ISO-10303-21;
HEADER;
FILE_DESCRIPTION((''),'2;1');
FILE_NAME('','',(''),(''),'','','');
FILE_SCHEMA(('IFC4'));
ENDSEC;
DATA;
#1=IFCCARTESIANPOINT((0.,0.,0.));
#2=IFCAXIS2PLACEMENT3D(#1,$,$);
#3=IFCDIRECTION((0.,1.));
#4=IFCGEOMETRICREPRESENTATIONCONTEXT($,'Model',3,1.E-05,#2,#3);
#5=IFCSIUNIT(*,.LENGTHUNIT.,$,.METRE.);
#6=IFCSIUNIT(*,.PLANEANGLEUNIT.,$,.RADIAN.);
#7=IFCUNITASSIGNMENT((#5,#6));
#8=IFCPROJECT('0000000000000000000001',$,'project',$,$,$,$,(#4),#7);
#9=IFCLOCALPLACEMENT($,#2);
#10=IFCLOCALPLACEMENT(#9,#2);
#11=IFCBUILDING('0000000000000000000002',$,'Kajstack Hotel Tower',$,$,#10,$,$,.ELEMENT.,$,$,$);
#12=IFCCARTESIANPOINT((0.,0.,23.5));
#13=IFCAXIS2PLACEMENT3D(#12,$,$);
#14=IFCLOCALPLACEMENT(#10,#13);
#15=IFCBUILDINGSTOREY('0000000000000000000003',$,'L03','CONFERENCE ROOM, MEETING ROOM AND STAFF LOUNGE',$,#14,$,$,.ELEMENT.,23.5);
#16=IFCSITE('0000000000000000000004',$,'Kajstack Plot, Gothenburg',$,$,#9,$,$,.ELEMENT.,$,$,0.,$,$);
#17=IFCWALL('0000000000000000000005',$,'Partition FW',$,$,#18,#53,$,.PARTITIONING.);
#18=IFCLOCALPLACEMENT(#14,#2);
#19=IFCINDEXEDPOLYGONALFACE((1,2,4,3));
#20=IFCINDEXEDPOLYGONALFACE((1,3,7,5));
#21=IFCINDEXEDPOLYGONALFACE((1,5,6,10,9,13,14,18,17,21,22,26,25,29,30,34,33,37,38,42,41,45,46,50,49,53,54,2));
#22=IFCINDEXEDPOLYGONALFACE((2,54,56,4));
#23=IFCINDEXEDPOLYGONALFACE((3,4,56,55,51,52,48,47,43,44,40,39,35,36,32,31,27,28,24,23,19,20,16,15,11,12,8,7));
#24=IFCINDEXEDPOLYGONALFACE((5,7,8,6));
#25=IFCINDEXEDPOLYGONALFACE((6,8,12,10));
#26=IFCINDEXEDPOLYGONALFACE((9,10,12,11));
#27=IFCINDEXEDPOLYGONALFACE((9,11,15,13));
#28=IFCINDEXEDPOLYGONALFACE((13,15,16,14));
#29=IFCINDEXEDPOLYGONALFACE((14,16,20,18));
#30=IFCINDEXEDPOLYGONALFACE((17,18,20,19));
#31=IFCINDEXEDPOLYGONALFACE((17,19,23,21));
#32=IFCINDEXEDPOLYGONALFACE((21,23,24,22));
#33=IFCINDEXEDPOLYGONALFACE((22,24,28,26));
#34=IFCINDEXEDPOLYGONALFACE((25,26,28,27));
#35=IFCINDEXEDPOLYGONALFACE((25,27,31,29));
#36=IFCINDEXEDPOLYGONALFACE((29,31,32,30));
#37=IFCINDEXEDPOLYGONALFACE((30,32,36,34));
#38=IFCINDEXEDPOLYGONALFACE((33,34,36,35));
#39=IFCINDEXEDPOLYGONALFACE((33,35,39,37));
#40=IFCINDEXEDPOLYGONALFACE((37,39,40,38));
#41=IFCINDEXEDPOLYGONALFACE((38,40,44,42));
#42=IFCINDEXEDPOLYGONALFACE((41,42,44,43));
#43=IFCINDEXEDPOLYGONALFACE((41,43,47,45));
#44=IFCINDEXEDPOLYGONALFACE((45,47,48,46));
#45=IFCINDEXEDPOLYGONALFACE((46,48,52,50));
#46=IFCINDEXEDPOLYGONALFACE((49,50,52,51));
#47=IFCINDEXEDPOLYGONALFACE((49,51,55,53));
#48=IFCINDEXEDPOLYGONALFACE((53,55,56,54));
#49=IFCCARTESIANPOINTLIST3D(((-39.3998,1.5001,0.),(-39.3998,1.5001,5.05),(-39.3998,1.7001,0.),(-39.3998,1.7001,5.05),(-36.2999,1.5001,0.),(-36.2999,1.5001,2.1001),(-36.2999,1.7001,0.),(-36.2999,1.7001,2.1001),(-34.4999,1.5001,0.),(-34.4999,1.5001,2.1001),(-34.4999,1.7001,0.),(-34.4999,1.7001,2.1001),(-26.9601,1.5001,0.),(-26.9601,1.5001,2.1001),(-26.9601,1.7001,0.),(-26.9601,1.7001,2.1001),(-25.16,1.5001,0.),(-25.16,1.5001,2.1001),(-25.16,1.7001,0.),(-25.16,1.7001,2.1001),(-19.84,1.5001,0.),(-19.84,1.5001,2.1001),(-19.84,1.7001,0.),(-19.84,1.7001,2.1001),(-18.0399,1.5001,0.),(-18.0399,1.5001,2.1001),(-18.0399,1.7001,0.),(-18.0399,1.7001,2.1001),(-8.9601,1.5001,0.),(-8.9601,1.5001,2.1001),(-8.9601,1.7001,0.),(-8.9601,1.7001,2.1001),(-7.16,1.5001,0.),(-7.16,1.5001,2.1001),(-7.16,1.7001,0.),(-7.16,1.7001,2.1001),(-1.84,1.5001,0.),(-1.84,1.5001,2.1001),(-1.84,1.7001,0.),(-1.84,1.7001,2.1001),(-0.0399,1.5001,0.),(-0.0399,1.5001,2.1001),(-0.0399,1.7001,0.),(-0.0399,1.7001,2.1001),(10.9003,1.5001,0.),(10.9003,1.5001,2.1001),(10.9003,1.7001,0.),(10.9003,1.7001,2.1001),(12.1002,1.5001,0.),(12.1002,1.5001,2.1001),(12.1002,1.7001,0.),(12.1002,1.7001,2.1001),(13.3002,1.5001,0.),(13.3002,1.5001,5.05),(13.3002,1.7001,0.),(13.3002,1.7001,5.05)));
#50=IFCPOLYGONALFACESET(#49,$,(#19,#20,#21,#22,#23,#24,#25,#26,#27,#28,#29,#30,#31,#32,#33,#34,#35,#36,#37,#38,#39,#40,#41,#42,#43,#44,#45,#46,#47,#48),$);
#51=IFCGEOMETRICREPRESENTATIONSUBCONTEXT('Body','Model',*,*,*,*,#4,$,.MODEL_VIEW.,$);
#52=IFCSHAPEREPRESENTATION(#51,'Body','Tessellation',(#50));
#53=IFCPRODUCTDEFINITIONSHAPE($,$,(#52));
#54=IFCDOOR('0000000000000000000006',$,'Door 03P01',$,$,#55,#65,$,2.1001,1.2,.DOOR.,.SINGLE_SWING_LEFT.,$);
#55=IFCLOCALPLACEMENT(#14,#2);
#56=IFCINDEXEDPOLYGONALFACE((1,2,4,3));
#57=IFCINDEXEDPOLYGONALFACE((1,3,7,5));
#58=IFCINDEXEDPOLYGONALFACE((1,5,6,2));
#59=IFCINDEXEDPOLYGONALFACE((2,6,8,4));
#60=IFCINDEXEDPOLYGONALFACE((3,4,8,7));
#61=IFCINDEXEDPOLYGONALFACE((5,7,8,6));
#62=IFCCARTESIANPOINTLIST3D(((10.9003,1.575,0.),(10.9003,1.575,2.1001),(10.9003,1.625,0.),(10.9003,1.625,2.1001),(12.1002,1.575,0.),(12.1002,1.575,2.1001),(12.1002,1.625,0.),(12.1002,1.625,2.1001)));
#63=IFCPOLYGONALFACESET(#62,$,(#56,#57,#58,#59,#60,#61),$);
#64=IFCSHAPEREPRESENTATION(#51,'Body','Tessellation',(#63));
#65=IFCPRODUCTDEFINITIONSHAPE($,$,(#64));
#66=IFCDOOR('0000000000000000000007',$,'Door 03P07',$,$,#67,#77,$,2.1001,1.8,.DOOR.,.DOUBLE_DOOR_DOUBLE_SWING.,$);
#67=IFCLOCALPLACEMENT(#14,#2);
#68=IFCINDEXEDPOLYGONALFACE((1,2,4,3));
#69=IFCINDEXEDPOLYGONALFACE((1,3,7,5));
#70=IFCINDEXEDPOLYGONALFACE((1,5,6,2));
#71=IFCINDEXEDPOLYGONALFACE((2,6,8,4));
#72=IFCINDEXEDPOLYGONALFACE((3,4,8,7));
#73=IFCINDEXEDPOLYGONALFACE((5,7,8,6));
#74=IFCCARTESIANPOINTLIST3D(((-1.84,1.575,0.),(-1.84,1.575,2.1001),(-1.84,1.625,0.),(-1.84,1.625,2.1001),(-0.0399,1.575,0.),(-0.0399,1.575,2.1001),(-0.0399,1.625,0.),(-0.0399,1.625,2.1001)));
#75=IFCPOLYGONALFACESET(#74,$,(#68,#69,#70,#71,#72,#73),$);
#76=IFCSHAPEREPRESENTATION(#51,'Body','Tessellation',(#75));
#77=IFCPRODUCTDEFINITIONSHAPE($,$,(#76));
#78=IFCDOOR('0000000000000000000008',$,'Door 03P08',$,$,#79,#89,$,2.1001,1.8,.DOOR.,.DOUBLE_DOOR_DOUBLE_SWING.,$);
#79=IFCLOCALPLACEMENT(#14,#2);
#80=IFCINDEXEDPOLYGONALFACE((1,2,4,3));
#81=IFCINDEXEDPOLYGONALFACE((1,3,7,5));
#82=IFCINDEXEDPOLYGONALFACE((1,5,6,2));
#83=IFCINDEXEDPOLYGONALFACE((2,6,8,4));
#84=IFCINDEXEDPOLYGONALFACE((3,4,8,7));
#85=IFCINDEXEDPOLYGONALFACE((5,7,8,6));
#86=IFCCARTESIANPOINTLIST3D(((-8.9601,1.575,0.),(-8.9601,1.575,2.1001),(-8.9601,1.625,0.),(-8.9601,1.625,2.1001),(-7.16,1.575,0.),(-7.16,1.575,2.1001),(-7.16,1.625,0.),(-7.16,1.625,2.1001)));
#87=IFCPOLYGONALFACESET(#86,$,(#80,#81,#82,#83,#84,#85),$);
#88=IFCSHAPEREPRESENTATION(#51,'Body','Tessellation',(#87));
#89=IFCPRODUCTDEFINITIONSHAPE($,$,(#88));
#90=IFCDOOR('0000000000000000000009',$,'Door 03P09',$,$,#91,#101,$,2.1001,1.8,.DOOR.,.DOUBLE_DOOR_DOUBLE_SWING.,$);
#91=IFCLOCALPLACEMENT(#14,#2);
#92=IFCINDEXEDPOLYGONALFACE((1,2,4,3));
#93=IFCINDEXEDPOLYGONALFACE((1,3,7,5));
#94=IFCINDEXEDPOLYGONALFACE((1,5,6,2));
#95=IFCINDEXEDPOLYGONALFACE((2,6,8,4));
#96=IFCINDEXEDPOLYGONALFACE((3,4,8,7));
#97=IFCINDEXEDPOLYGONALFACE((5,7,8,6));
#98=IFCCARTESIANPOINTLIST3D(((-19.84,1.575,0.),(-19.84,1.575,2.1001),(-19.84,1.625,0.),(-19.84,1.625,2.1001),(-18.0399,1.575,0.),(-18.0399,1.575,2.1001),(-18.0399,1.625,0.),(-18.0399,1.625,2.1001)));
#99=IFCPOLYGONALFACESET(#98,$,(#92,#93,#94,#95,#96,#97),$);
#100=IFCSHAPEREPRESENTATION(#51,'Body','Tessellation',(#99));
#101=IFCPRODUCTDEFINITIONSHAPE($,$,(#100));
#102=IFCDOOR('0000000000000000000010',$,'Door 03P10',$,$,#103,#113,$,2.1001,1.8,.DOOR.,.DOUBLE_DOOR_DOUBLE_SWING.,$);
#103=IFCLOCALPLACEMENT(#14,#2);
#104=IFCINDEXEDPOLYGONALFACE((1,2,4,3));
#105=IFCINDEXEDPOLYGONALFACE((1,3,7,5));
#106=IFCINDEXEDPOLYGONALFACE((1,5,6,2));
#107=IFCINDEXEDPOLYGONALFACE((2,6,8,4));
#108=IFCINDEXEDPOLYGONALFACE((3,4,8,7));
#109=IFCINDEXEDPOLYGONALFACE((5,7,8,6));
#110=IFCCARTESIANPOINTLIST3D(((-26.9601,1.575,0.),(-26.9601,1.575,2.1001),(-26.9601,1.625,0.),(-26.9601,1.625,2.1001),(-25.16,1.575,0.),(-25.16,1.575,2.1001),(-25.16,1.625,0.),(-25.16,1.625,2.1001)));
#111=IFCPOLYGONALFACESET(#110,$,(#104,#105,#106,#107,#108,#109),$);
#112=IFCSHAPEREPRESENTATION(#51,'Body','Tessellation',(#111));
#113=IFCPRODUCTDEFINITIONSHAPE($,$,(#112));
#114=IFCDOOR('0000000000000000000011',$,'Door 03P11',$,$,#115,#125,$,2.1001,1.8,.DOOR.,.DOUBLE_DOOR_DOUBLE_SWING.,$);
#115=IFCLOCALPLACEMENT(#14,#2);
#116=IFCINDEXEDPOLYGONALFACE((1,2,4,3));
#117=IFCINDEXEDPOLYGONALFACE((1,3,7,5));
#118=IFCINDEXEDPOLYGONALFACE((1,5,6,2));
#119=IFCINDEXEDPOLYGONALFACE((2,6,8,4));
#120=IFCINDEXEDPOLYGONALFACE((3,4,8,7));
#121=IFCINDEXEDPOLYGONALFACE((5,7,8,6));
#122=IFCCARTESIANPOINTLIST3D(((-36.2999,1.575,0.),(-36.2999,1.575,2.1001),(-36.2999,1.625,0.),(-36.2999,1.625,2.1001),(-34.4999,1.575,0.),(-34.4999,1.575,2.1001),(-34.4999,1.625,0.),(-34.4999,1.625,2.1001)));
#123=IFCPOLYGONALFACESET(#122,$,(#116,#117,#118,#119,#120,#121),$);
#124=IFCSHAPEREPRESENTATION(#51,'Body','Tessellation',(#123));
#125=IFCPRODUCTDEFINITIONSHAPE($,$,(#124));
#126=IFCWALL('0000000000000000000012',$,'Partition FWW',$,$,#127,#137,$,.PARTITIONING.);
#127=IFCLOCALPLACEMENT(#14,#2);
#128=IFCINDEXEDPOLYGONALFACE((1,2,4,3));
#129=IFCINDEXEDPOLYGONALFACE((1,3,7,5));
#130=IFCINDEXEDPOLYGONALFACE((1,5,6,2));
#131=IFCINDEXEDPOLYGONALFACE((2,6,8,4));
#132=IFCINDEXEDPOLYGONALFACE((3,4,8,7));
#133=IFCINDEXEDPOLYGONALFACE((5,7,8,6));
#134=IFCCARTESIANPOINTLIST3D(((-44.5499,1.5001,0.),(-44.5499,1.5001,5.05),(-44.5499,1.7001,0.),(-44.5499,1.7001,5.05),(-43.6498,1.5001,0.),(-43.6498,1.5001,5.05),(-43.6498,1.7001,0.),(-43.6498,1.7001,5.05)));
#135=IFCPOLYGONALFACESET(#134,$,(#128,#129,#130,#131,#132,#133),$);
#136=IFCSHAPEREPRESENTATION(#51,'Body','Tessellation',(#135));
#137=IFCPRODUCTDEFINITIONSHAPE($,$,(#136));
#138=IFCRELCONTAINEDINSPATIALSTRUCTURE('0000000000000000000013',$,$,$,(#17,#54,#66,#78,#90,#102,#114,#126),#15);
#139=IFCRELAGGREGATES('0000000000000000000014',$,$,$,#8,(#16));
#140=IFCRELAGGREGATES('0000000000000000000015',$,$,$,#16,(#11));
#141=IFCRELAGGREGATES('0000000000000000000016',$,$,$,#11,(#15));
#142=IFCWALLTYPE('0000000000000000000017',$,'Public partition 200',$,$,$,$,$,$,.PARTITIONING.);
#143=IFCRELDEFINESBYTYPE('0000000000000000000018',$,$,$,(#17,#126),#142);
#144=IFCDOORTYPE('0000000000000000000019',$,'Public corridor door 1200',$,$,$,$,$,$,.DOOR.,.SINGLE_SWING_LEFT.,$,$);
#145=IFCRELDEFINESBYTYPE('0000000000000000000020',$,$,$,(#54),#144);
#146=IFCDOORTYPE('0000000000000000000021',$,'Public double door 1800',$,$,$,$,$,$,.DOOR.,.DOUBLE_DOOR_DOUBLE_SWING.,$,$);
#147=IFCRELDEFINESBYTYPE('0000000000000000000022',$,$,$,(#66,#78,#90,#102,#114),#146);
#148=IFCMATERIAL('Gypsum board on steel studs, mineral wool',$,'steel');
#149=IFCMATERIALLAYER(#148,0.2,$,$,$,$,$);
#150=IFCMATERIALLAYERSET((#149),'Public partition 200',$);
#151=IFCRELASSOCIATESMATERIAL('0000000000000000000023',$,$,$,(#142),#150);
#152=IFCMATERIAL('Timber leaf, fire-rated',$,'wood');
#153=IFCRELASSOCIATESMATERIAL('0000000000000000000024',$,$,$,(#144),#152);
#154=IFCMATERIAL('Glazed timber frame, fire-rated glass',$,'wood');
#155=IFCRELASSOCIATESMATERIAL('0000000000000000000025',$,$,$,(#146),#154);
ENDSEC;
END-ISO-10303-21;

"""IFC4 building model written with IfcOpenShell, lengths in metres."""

from ifc_helpers import new_model, si_unit, direction, frame, frame_2d, origin, place, context, subcontext, project, spatial, rectangle, extrude, material, layer, layer_set, type_object, element, fill, save


model = new_model("IFC4")

# Units and contexts
model_context = context("Model", 3, precision=1e-05, world=origin(), true_north=direction((0.0, 1.0)))
body_context = subcontext(model_context, "Body", "Model", "MODEL_VIEW")
ifc_project = project(units=[si_unit("LENGTHUNIT", "METRE"), si_unit("PLANEANGLEUNIT", "RADIAN")], contexts=[model_context])

# Site, building, storey
site_placement = place(None, origin())
site = spatial("IfcSite", under=ifc_project, at=site_placement, Name="Kajstack Plot, Gothenburg", CompositionType="ELEMENT", RefElevation=0.0)
building_placement = place(site_placement, origin())
building = spatial("IfcBuilding", under=site, at=building_placement, Name="Kajstack Hotel Tower", CompositionType="ELEMENT")
storey_placement = place(building_placement, frame((0.0, 0.0, 23.5)))
storey = spatial("IfcBuildingStorey", under=building, at=storey_placement, Name="L03", Description="CONFERENCE ROOM, MEETING ROOM AND STAFF LOUNGE", CompositionType="ELEMENT", Elevation=23.5)

# Wall, openings, doors
ifc_material_1 = material(Name="Gypsum board on steel studs, mineral wool", Category="steel")
ifc_layer_1 = layer(ifc_material_1, 0.2)
ifc_layer_set_1 = layer_set([ifc_layer_1], Name="Public partition 200")
wall_type_1 = type_object("IfcWallType", Name="Public partition 200", PredefinedType="PARTITIONING", material=ifc_layer_set_1)
wall_1_placement = place(storey_placement, frame((-39.3999, 1.6001, 0.0), z_axis=(0.0, 0.0, 1.0), x_axis=(1.0, 0.0, 0.0)))
wall_1 = element("IfcWall", 1, at=wall_1_placement, inside=storey, type_object=wall_type_1, Name="Partition FW", PredefinedType="PARTITIONING", context=body_context, shape_type="SweptSolid", body=[
    extrude(rectangle(XDim=52.7, YDim=0.2, at=frame_2d((26.3501, 0.0))), origin(), (0.0, 0.0, 1.0), 5.05),
])
opening_1_placement = place(wall_1_placement, frame((50.3, 0.0, 0.0)))
opening_1 = element("IfcOpeningElement", 2, at=opening_1_placement, cuts=wall_1, PredefinedType="OPENING", context=body_context, shape_type="SweptSolid", body=[
    extrude(rectangle(XDim=1.2, YDim=2.1001, at=frame_2d((0.6001, 1.05))), frame((0.0, 0.1099, 0.0), z_axis=(0.0, -1.0, 0.0), x_axis=(1.0, 0.0, 0.0)), (0.0, 0.0, 1.0), 0.22),
])
opening_2_placement = place(wall_1_placement, frame((37.5601, 0.0, 0.0)))
opening_2 = element("IfcOpeningElement", 3, at=opening_2_placement, cuts=wall_1, PredefinedType="OPENING", context=body_context, shape_type="SweptSolid", body=[
    extrude(rectangle(XDim=1.8, YDim=2.1001, at=frame_2d((0.8999, 1.05))), frame((0.0, 0.1099, 0.0), z_axis=(0.0, -1.0, 0.0), x_axis=(1.0, 0.0, 0.0)), (0.0, 0.0, 1.0), 0.22),
])
opening_3_placement = place(wall_1_placement, frame((30.4399, 0.0, 0.0)))
opening_3 = element("IfcOpeningElement", 4, at=opening_3_placement, cuts=wall_1, PredefinedType="OPENING", context=body_context, shape_type="SweptSolid", body=[
    extrude(rectangle(XDim=1.8, YDim=2.1001, at=frame_2d((0.8999, 1.05))), frame((0.0, 0.1099, 0.0), z_axis=(0.0, -1.0, 0.0), x_axis=(1.0, 0.0, 0.0)), (0.0, 0.0, 1.0), 0.22),
])
opening_4_placement = place(wall_1_placement, frame((19.5601, 0.0, 0.0)))
opening_4 = element("IfcOpeningElement", 5, at=opening_4_placement, cuts=wall_1, PredefinedType="OPENING", context=body_context, shape_type="SweptSolid", body=[
    extrude(rectangle(XDim=1.8, YDim=2.1001, at=frame_2d((0.8999, 1.05))), frame((0.0, 0.1099, 0.0), z_axis=(0.0, -1.0, 0.0), x_axis=(1.0, 0.0, 0.0)), (0.0, 0.0, 1.0), 0.22),
])
opening_5_placement = place(wall_1_placement, frame((12.4399, 0.0, 0.0)))
opening_5 = element("IfcOpeningElement", 6, at=opening_5_placement, cuts=wall_1, PredefinedType="OPENING", context=body_context, shape_type="SweptSolid", body=[
    extrude(rectangle(XDim=1.8, YDim=2.1001, at=frame_2d((0.8999, 1.05))), frame((0.0, 0.1099, 0.0), z_axis=(0.0, -1.0, 0.0), x_axis=(1.0, 0.0, 0.0)), (0.0, 0.0, 1.0), 0.22),
])
opening_6_placement = place(wall_1_placement, frame((3.1001, 0.0, 0.0)))
opening_6 = element("IfcOpeningElement", 7, at=opening_6_placement, cuts=wall_1, PredefinedType="OPENING", context=body_context, shape_type="SweptSolid", body=[
    extrude(rectangle(XDim=1.8, YDim=2.1001, at=frame_2d((0.8999, 1.05))), frame((0.0, 0.1099, 0.0), z_axis=(0.0, -1.0, 0.0), x_axis=(1.0, 0.0, 0.0)), (0.0, 0.0, 1.0), 0.22),
])
ifc_material_2 = material(Name="Timber leaf, fire-rated", Category="wood")
door_type_1 = type_object("IfcDoorType", Name="Public corridor door 1200", OperationType="SINGLE_SWING_LEFT", PredefinedType="DOOR", material=ifc_material_2)
door_1_placement = place(opening_1_placement, origin())
door_1 = element("IfcDoor", 8, at=door_1_placement, inside=storey, type_object=door_type_1, Name="Door 03P01", OperationType="SINGLE_SWING_LEFT", OverallHeight=2.1001, OverallWidth=1.2, PredefinedType="DOOR", context=body_context, shape_type="SweptSolid", body=[
    extrude(rectangle(XDim=1.2, YDim=2.1001, at=frame_2d((0.6001, 1.05))), frame((0.0, 0.0249, 0.0), z_axis=(0.0, -1.0, 0.0), x_axis=(1.0, 0.0, 0.0)), (0.0, 0.0, 1.0), 0.05),
])
fill(opening_1, door_1)
ifc_material_3 = material(Name="Glazed timber frame, fire-rated glass", Category="wood")
door_type_2 = type_object("IfcDoorType", Name="Public double door 1800", OperationType="DOUBLE_DOOR_DOUBLE_SWING", PredefinedType="DOOR", material=ifc_material_3)
door_2_placement = place(opening_2_placement, origin())
door_2 = element("IfcDoor", 9, at=door_2_placement, inside=storey, type_object=door_type_2, Name="Door 03P07", OperationType="DOUBLE_DOOR_DOUBLE_SWING", OverallHeight=2.1001, OverallWidth=1.8, PredefinedType="DOOR", context=body_context, shape_type="SweptSolid", body=[
    extrude(rectangle(XDim=1.8, YDim=2.1001, at=frame_2d((0.8999, 1.05))), frame((0.0, 0.0249, 0.0), z_axis=(0.0, -1.0, 0.0), x_axis=(1.0, 0.0, 0.0)), (0.0, 0.0, 1.0), 0.05),
])
fill(opening_2, door_2)
door_3_placement = place(opening_3_placement, origin())
door_3 = element("IfcDoor", 10, at=door_3_placement, inside=storey, type_object=door_type_2, Name="Door 03P08", OperationType="DOUBLE_DOOR_DOUBLE_SWING", OverallHeight=2.1001, OverallWidth=1.8, PredefinedType="DOOR", context=body_context, shape_type="SweptSolid", body=[
    extrude(rectangle(XDim=1.8, YDim=2.1001, at=frame_2d((0.8999, 1.05))), frame((0.0, 0.0249, 0.0), z_axis=(0.0, -1.0, 0.0), x_axis=(1.0, 0.0, 0.0)), (0.0, 0.0, 1.0), 0.05),
])
fill(opening_3, door_3)
door_4_placement = place(opening_4_placement, origin())
door_4 = element("IfcDoor", 11, at=door_4_placement, inside=storey, type_object=door_type_2, Name="Door 03P09", OperationType="DOUBLE_DOOR_DOUBLE_SWING", OverallHeight=2.1001, OverallWidth=1.8, PredefinedType="DOOR", context=body_context, shape_type="SweptSolid", body=[
    extrude(rectangle(XDim=1.8, YDim=2.1001, at=frame_2d((0.8999, 1.05))), frame((0.0, 0.0249, 0.0), z_axis=(0.0, -1.0, 0.0), x_axis=(1.0, 0.0, 0.0)), (0.0, 0.0, 1.0), 0.05),
])
fill(opening_4, door_4)
door_5_placement = place(opening_5_placement, origin())
door_5 = element("IfcDoor", 12, at=door_5_placement, inside=storey, type_object=door_type_2, Name="Door 03P10", OperationType="DOUBLE_DOOR_DOUBLE_SWING", OverallHeight=2.1001, OverallWidth=1.8, PredefinedType="DOOR", context=body_context, shape_type="SweptSolid", body=[
    extrude(rectangle(XDim=1.8, YDim=2.1001, at=frame_2d((0.8999, 1.05))), frame((0.0, 0.0249, 0.0), z_axis=(0.0, -1.0, 0.0), x_axis=(1.0, 0.0, 0.0)), (0.0, 0.0, 1.0), 0.05),
])
fill(opening_5, door_5)
door_6_placement = place(opening_6_placement, origin())
door_6 = element("IfcDoor", 13, at=door_6_placement, inside=storey, type_object=door_type_2, Name="Door 03P11", OperationType="DOUBLE_DOOR_DOUBLE_SWING", OverallHeight=2.1001, OverallWidth=1.8, PredefinedType="DOOR", context=body_context, shape_type="SweptSolid", body=[
    extrude(rectangle(XDim=1.8, YDim=2.1001, at=frame_2d((0.8999, 1.05))), frame((0.0, 0.0249, 0.0), z_axis=(0.0, -1.0, 0.0), x_axis=(1.0, 0.0, 0.0)), (0.0, 0.0, 1.0), 0.05),
])
fill(opening_6, door_6)

# Wall
wall_2_placement = place(storey_placement, frame((-44.55, 1.6001, 0.0), z_axis=(0.0, 0.0, 1.0), x_axis=(1.0, 0.0, 0.0)))
element("IfcWall", 14, at=wall_2_placement, inside=storey, type_object=wall_type_1, Name="Partition FWW", PredefinedType="PARTITIONING", context=body_context, shape_type="SweptSolid", body=[
    extrude(rectangle(XDim=0.9001, YDim=0.2, at=frame_2d((0.4502, 0.0))), origin(), (0.0, 0.0, 1.0), 5.05),
])

save(model, "model.ifc")
